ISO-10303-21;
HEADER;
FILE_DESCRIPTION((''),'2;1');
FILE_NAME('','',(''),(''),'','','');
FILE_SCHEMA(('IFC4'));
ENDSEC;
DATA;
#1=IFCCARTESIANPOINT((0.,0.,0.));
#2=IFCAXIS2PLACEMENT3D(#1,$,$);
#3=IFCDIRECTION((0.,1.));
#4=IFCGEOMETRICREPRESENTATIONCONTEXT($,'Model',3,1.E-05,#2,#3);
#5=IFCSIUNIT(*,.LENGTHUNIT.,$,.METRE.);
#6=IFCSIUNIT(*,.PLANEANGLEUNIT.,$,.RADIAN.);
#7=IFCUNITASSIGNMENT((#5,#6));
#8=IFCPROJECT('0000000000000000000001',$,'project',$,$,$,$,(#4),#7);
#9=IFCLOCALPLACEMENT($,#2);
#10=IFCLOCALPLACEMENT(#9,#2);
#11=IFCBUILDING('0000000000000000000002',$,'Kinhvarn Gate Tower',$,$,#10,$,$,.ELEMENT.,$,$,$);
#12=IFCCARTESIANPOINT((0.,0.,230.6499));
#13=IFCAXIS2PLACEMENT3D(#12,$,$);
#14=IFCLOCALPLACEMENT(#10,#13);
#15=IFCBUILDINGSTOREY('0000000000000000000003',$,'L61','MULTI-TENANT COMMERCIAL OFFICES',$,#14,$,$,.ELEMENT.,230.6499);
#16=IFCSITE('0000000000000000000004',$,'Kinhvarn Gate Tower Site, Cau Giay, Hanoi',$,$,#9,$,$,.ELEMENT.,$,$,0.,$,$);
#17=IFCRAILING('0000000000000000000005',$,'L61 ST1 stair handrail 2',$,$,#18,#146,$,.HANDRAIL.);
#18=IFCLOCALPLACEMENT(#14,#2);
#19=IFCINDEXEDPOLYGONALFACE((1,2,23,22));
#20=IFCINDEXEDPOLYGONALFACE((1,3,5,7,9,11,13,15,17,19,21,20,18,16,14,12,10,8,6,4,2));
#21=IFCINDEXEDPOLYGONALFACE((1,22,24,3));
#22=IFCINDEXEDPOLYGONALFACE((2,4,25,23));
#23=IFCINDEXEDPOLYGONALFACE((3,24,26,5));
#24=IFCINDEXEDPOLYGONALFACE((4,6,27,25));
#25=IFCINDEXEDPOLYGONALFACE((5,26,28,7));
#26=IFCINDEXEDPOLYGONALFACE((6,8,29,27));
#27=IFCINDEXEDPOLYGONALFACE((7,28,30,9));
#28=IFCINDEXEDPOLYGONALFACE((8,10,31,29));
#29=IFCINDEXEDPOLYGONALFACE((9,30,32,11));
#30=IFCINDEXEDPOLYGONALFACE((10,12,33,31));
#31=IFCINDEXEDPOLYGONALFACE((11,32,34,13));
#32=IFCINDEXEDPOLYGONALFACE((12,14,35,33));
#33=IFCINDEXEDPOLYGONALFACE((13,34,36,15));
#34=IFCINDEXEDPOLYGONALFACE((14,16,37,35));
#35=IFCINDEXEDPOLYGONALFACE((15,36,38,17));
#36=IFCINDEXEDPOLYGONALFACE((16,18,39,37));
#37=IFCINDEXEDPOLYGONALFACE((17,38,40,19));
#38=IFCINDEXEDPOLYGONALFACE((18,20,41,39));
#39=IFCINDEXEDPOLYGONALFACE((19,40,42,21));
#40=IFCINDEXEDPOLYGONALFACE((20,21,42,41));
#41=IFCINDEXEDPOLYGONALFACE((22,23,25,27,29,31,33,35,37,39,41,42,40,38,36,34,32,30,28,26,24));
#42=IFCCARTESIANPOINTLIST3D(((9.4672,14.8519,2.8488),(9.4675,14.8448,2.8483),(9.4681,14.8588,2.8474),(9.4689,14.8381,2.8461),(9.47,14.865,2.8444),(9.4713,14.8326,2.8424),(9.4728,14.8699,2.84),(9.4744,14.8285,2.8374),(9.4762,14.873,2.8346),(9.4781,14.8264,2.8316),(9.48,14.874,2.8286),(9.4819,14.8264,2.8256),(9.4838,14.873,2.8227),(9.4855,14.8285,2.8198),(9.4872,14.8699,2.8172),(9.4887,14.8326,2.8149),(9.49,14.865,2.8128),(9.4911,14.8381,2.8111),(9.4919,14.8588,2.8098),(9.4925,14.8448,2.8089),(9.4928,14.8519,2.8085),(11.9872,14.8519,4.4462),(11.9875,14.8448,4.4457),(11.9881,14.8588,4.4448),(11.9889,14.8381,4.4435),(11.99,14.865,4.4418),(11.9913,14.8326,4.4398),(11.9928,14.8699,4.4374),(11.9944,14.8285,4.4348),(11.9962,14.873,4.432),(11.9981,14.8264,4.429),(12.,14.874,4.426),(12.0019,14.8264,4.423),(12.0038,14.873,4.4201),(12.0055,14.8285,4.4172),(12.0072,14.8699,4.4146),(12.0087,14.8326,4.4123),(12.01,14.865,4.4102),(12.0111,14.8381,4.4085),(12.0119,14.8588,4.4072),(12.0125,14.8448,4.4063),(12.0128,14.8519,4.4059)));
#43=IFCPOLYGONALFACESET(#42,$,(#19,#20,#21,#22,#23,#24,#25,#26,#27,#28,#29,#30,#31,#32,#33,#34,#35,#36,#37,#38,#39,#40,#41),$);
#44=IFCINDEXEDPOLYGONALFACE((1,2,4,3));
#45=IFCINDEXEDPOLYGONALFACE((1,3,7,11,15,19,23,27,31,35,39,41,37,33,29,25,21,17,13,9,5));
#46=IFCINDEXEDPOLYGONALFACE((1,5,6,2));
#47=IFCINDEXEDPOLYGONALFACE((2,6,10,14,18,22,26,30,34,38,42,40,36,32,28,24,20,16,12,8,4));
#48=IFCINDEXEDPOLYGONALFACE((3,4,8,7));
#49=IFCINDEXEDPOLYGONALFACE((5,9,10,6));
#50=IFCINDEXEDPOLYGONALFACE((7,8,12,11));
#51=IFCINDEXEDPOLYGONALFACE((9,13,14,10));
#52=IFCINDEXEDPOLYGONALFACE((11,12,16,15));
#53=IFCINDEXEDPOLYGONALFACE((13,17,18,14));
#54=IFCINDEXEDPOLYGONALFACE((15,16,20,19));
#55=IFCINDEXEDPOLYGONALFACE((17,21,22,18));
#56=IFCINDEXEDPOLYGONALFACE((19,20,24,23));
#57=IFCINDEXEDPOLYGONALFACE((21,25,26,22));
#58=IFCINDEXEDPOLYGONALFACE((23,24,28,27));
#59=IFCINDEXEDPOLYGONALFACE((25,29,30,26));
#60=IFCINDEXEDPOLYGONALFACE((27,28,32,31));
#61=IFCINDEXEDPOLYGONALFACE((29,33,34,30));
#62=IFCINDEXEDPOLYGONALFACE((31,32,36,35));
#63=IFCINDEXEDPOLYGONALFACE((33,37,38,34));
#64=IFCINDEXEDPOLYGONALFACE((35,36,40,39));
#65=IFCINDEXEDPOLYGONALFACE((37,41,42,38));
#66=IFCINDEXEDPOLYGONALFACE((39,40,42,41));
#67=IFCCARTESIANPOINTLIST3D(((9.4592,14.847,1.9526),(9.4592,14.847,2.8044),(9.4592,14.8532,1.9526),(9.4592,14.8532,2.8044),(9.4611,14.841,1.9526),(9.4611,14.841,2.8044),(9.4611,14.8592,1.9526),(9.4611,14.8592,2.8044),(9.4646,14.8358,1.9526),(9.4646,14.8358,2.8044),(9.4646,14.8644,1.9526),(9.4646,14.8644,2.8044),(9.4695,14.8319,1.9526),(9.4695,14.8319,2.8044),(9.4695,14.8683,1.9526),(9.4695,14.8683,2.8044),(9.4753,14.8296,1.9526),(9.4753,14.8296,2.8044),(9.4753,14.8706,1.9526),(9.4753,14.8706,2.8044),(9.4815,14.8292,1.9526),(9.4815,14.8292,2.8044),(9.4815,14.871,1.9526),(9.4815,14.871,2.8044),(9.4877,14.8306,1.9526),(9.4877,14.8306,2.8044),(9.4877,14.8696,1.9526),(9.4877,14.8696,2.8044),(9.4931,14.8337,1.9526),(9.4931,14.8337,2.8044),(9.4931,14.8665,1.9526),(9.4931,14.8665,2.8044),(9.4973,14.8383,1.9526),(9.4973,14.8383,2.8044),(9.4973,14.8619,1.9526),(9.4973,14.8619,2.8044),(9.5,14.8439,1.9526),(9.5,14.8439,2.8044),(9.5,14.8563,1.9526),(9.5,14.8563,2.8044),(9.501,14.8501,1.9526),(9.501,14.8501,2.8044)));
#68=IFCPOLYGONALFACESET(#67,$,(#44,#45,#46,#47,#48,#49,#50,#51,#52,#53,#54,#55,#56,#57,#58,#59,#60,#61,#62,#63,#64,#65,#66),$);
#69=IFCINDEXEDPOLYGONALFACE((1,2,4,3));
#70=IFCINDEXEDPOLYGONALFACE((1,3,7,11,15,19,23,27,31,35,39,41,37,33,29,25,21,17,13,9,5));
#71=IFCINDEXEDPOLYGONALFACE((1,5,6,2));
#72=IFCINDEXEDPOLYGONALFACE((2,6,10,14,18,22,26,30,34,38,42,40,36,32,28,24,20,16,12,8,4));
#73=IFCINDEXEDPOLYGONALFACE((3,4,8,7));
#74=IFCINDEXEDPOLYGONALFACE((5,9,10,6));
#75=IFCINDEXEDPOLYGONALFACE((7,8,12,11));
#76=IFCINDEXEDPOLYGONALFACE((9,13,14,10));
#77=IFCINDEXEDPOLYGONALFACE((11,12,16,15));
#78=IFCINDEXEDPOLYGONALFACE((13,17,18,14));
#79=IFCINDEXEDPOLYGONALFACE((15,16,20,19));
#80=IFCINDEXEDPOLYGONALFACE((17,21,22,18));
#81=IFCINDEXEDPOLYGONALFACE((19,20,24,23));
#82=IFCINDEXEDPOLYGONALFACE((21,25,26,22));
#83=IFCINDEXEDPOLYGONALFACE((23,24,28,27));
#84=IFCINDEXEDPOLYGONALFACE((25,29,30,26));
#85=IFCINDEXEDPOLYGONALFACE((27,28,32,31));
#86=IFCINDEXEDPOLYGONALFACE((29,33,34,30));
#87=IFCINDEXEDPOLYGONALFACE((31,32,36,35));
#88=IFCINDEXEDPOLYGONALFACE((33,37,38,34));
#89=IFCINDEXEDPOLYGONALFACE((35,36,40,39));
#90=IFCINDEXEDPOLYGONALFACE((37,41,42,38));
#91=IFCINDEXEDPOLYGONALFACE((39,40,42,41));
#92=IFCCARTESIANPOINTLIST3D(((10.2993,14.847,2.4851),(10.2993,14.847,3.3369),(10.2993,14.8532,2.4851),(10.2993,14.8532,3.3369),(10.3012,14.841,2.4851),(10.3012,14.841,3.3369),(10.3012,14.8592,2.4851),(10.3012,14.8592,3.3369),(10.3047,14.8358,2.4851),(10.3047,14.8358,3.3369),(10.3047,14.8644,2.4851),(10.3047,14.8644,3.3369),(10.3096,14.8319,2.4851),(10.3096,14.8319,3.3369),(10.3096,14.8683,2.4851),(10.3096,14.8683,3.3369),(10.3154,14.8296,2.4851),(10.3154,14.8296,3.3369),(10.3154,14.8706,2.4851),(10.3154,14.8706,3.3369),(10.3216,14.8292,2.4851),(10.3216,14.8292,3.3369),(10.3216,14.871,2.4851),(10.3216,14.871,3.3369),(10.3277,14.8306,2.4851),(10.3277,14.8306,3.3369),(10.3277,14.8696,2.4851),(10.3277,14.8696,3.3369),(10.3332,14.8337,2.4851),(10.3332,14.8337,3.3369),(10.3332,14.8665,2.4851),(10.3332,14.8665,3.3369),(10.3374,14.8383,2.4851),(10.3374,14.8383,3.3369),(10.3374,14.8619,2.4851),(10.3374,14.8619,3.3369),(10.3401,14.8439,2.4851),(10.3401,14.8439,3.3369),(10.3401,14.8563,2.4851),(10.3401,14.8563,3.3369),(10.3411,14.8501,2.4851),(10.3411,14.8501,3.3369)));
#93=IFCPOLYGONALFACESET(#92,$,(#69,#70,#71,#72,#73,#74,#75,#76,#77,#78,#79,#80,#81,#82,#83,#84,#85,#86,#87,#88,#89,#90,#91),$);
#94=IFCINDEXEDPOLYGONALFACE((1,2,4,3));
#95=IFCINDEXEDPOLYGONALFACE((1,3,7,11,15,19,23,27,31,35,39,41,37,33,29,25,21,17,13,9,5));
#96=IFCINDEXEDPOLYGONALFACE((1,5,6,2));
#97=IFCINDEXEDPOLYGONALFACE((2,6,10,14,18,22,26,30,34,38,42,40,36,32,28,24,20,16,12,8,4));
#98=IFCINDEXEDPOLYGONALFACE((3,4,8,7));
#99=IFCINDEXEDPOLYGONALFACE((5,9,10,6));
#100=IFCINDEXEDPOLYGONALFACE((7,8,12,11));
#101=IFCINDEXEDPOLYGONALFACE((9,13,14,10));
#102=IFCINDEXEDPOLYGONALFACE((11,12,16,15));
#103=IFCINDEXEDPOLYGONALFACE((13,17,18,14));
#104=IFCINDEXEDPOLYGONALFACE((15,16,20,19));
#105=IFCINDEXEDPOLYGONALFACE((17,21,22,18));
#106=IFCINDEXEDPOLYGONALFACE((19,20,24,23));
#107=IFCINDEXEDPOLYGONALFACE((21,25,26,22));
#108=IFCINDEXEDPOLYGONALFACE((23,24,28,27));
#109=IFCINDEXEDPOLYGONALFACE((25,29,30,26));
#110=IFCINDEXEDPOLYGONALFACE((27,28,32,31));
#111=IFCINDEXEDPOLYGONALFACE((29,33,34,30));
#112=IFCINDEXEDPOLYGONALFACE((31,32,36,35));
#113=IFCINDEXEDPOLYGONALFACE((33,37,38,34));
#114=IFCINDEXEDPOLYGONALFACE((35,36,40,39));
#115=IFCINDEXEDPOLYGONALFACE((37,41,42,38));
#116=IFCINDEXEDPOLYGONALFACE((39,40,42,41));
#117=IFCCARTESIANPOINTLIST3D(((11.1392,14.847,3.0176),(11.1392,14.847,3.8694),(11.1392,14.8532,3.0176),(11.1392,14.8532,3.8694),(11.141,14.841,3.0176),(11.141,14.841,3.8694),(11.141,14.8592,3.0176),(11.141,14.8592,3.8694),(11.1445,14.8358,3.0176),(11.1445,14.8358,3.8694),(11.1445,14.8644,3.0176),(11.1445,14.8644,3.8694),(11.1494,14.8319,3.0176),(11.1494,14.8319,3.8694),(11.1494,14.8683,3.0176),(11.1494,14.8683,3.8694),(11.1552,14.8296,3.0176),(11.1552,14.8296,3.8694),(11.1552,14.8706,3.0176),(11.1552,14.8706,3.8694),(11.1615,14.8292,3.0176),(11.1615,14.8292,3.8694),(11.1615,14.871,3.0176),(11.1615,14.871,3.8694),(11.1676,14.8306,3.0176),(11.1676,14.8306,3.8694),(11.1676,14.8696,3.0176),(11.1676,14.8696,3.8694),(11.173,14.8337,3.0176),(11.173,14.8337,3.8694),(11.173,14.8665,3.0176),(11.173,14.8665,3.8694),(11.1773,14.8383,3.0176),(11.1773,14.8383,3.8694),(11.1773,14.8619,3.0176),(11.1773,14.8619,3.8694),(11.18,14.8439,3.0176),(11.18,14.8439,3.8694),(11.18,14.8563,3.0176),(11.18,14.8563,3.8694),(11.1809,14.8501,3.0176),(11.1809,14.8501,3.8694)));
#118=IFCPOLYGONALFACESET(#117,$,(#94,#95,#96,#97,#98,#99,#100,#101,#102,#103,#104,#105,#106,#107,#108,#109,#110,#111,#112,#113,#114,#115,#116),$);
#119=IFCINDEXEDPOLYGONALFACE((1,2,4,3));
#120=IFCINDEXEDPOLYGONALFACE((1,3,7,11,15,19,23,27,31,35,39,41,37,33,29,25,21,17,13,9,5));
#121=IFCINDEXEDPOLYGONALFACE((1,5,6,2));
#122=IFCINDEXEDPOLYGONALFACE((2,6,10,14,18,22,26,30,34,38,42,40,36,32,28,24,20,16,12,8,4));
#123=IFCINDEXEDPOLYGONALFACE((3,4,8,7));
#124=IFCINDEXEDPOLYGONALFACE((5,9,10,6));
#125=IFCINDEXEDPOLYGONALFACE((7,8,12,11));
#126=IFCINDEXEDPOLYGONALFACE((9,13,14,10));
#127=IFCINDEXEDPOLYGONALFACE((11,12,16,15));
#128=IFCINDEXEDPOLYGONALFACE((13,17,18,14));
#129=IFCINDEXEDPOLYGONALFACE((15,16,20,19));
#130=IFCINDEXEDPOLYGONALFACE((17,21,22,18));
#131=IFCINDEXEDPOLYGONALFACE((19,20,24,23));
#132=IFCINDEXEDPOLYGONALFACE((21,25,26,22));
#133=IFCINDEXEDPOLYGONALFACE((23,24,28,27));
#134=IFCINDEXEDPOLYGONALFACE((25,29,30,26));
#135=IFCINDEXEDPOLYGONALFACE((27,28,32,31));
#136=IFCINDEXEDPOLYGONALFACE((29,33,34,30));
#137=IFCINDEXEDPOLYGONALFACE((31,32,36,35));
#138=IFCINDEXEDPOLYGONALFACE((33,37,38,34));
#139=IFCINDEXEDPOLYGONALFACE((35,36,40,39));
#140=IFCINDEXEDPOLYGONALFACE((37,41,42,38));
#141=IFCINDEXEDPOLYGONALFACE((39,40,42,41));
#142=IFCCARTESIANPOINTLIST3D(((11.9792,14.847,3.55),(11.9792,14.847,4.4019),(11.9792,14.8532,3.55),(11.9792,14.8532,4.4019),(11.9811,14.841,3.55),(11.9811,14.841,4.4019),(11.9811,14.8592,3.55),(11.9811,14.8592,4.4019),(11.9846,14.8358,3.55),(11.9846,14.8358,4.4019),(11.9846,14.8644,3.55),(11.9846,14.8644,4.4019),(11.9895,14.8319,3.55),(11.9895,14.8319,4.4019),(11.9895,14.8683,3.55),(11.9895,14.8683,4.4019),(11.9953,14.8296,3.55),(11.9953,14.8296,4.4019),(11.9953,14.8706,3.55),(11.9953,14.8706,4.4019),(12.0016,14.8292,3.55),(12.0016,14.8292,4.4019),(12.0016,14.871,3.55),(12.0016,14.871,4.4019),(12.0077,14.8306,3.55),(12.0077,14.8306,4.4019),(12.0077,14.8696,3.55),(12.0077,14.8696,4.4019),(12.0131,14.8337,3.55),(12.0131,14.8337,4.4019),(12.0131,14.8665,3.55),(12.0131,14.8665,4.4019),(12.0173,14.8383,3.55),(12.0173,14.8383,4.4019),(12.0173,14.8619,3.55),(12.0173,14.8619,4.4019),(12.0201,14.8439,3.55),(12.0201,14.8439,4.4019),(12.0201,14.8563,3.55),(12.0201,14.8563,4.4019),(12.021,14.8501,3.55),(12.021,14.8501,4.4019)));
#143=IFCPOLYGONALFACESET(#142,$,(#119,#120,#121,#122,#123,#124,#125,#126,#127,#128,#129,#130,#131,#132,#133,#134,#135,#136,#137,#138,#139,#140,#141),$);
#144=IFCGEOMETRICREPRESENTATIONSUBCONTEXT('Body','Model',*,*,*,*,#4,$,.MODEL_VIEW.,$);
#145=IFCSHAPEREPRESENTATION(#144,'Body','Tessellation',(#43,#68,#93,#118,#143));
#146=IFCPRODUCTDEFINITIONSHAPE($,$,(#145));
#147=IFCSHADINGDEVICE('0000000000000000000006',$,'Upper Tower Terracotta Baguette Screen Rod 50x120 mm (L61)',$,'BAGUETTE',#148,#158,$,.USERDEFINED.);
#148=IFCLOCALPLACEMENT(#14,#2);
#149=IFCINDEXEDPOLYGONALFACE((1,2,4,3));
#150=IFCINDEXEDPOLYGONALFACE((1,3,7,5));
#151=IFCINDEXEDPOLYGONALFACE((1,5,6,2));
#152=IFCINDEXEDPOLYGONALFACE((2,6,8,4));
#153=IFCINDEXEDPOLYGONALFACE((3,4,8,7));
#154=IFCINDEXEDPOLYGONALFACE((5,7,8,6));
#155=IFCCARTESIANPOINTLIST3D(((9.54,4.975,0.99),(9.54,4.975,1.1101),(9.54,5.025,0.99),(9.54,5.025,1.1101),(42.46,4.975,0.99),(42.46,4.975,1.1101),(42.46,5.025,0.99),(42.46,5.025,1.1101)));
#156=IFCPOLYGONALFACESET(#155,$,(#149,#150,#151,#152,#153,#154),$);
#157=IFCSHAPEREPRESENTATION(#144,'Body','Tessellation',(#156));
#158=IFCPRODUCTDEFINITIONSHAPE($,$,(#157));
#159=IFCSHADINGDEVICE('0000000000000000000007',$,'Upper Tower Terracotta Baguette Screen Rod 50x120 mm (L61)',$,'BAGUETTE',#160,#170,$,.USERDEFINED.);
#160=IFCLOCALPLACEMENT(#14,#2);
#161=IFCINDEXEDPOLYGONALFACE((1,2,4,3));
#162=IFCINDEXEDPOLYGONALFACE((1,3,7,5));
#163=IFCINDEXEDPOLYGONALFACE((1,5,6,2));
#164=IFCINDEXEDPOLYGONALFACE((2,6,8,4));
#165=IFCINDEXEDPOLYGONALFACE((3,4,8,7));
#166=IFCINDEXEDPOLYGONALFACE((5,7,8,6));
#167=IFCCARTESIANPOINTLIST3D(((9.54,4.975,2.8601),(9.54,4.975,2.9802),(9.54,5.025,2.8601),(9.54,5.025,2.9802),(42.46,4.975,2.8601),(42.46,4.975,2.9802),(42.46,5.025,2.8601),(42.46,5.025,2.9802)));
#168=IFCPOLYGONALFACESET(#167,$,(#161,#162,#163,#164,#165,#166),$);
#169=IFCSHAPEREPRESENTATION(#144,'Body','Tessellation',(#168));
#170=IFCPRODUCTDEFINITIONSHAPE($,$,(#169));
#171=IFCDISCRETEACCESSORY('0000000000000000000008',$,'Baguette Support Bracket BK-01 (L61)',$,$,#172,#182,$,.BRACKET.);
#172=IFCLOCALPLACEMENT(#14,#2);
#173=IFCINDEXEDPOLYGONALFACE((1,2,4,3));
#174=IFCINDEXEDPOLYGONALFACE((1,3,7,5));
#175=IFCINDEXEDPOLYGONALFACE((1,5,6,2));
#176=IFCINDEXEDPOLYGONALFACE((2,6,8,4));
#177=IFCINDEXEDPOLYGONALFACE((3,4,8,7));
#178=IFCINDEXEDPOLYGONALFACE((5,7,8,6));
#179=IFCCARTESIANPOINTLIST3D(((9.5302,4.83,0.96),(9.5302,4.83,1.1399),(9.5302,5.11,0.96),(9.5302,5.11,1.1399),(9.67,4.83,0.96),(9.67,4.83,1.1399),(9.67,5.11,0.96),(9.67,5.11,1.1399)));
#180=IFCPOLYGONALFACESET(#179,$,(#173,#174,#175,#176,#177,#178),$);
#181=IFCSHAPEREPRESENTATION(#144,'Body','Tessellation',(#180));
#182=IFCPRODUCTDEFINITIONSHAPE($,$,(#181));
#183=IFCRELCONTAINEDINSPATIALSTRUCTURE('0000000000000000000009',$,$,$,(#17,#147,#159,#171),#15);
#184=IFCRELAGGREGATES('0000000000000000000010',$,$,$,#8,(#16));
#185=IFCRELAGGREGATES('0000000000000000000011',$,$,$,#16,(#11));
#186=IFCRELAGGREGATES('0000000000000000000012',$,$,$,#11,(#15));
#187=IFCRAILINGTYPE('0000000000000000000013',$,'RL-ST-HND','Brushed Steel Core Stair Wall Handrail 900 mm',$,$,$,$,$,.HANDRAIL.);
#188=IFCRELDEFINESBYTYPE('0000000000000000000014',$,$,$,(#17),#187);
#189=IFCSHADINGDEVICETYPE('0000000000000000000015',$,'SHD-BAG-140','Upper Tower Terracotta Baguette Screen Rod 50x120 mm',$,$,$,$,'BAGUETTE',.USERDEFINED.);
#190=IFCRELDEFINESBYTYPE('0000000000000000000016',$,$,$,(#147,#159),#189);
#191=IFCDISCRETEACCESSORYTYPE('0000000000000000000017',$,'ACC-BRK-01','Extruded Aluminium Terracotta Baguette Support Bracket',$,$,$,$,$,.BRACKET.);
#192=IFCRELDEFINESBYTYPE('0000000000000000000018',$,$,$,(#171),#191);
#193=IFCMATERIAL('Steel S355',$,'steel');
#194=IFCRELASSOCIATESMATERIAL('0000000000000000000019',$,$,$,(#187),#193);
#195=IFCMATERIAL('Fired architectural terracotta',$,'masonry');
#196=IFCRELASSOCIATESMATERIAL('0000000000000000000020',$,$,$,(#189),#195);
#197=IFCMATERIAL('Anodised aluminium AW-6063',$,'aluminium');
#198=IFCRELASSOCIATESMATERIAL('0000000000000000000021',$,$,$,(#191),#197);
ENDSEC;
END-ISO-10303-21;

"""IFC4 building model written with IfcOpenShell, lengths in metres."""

from ifc_helpers import new_model, si_unit, direction, frame, origin, origin_2d, place, context, subcontext, project, spatial, rectangle, circle, extrude, material, material_profile, profile_set, type_object, element, save


model = new_model("IFC4")

# Units and contexts
model_context = context("Model", 3, precision=1e-05, world=origin(), true_north=direction((0.0, 1.0)))
body_context = subcontext(model_context, "Body", "Model", "MODEL_VIEW")
ifc_project = project(units=[si_unit("LENGTHUNIT", "METRE"), si_unit("PLANEANGLEUNIT", "RADIAN")], contexts=[model_context])

# Site, building, storey
site_placement = place(None, origin())
site = spatial("IfcSite", under=ifc_project, at=site_placement, Name="Kinhvarn Gate Tower Site, Cau Giay, Hanoi", CompositionType="ELEMENT", RefElevation=0.0)
building_placement = place(site_placement, origin())
building = spatial("IfcBuilding", under=site, at=building_placement, Name="Kinhvarn Gate Tower", CompositionType="ELEMENT")
storey_placement = place(building_placement, frame((0.0, 0.0, 230.6499)))
storey = spatial("IfcBuildingStorey", under=building, at=storey_placement, Name="L61", Description="MULTI-TENANT COMMERCIAL OFFICES", CompositionType="ELEMENT", Elevation=230.6499)

# Shared definitions
ifc_material_1 = material(Name="Anodised aluminium AW-6063", Category="aluminium")

# Shared definitions
ifc_material_2 = material(Name="Steel S355", Category="steel")

# Shared definitions
ifc_material_3 = material(Name="Fired architectural terracotta", Category="masonry")

# Railing
railing_type_1 = type_object("IfcRailingType", Name="RL-ST-HND", Description="Brushed Steel Core Stair Wall Handrail 900 mm", PredefinedType="HANDRAIL", material=ifc_material_2)
railing_1_placement = place(storey_placement, frame((9.48, 14.8501, 1.9526)))
element("IfcRailing", 1, at=railing_1_placement, inside=storey, type_object=railing_type_1, Name="L61 ST1 stair handrail 2", PredefinedType="HANDRAIL", context=body_context, shape_type="SweptSolid", body=[
    extrude(circle(Radius=0.0239, at=origin_2d()), frame((0.0, 0.0, 0.876), z_axis=(0.844607, 0.0, 0.535387), x_axis=(0.0, 1.0, 0.0)), (0.0, 0.0, 1.0), 2.9836),
    extrude(circle(Radius=0.021, at=origin_2d()), origin(), (0.0, 0.0, 1.0), 0.8518),
    extrude(circle(Radius=0.021, at=origin_2d()), frame((0.8401, 0.0, 0.5325)), (0.0, 0.0, 1.0), 0.8518),
    extrude(circle(Radius=0.021, at=origin_2d()), frame((1.6799, 0.0, 1.0649)), (0.0, 0.0, 1.0), 0.8518),
    extrude(circle(Radius=0.021, at=origin_2d()), frame((2.52, 0.0, 1.5974)), (0.0, 0.0, 1.0), 0.8518),
])

# Shading devices
ifc_material_profile_1 = material_profile(ifc_material_3, rectangle(XDim=0.05, YDim=0.1201, at=origin_2d()), Name="TC 50x120")
ifc_profile_set_1 = profile_set([ifc_material_profile_1], Name="Fired architectural terracotta")
shading_device_type = type_object("IfcShadingDeviceType", Name="SHD-BAG-140", Description="Upper Tower Terracotta Baguette Screen Rod 50x120 mm", ElementType="BAGUETTE", PredefinedType="USERDEFINED", material=ifc_profile_set_1)
for number, where, z_axis, x_axis, name in (
    (2, (9.54, 5.0, 1.05), (1.0, 0.0, 0.0), (0.0, 1.0, 0.0), "Upper Tower Terracotta Baguette Screen Rod 50x120 mm (L61)"),
    (3, (9.54, 5.0, 2.9202), (1.0, 0.0, 0.0), (0.0, 1.0, 0.0), "Upper Tower Terracotta Baguette Screen Rod 50x120 mm (L61)"),
):
    element("IfcShadingDevice", number, at=place(storey_placement, frame(where, z_axis=z_axis, x_axis=x_axis)), inside=storey, type_object=shading_device_type, Name=name, ObjectType="BAGUETTE", PredefinedType="USERDEFINED", context=body_context, shape_type="SweptSolid", body=[
        extrude(rectangle(XDim=0.05, YDim=0.1201, at=origin_2d()), origin(), (0.0, 0.0, 1.0), 32.9199),
    ])

# Discrete accessory
discrete_accessory_type = type_object("IfcDiscreteAccessoryType", Name="ACC-BRK-01", Description="Extruded Aluminium Terracotta Baguette Support Bracket", PredefinedType="BRACKET", material=ifc_material_1)
discrete_accessory_placement = place(storey_placement, frame((9.6001, 4.97, 0.96), z_axis=(0.0, 0.0, 1.0), x_axis=(1.0, 0.0, 0.0)))
element("IfcDiscreteAccessory", 4, at=discrete_accessory_placement, inside=storey, type_object=discrete_accessory_type, Name="Baguette Support Bracket BK-01 (L61)", PredefinedType="BRACKET", context=body_context, shape_type="SweptSolid", body=[
    extrude(rectangle(XDim=0.1399, YDim=0.28, at=origin_2d()), origin(), (0.0, 0.0, 1.0), 0.1799),
])

save(model, "model.ifc")
